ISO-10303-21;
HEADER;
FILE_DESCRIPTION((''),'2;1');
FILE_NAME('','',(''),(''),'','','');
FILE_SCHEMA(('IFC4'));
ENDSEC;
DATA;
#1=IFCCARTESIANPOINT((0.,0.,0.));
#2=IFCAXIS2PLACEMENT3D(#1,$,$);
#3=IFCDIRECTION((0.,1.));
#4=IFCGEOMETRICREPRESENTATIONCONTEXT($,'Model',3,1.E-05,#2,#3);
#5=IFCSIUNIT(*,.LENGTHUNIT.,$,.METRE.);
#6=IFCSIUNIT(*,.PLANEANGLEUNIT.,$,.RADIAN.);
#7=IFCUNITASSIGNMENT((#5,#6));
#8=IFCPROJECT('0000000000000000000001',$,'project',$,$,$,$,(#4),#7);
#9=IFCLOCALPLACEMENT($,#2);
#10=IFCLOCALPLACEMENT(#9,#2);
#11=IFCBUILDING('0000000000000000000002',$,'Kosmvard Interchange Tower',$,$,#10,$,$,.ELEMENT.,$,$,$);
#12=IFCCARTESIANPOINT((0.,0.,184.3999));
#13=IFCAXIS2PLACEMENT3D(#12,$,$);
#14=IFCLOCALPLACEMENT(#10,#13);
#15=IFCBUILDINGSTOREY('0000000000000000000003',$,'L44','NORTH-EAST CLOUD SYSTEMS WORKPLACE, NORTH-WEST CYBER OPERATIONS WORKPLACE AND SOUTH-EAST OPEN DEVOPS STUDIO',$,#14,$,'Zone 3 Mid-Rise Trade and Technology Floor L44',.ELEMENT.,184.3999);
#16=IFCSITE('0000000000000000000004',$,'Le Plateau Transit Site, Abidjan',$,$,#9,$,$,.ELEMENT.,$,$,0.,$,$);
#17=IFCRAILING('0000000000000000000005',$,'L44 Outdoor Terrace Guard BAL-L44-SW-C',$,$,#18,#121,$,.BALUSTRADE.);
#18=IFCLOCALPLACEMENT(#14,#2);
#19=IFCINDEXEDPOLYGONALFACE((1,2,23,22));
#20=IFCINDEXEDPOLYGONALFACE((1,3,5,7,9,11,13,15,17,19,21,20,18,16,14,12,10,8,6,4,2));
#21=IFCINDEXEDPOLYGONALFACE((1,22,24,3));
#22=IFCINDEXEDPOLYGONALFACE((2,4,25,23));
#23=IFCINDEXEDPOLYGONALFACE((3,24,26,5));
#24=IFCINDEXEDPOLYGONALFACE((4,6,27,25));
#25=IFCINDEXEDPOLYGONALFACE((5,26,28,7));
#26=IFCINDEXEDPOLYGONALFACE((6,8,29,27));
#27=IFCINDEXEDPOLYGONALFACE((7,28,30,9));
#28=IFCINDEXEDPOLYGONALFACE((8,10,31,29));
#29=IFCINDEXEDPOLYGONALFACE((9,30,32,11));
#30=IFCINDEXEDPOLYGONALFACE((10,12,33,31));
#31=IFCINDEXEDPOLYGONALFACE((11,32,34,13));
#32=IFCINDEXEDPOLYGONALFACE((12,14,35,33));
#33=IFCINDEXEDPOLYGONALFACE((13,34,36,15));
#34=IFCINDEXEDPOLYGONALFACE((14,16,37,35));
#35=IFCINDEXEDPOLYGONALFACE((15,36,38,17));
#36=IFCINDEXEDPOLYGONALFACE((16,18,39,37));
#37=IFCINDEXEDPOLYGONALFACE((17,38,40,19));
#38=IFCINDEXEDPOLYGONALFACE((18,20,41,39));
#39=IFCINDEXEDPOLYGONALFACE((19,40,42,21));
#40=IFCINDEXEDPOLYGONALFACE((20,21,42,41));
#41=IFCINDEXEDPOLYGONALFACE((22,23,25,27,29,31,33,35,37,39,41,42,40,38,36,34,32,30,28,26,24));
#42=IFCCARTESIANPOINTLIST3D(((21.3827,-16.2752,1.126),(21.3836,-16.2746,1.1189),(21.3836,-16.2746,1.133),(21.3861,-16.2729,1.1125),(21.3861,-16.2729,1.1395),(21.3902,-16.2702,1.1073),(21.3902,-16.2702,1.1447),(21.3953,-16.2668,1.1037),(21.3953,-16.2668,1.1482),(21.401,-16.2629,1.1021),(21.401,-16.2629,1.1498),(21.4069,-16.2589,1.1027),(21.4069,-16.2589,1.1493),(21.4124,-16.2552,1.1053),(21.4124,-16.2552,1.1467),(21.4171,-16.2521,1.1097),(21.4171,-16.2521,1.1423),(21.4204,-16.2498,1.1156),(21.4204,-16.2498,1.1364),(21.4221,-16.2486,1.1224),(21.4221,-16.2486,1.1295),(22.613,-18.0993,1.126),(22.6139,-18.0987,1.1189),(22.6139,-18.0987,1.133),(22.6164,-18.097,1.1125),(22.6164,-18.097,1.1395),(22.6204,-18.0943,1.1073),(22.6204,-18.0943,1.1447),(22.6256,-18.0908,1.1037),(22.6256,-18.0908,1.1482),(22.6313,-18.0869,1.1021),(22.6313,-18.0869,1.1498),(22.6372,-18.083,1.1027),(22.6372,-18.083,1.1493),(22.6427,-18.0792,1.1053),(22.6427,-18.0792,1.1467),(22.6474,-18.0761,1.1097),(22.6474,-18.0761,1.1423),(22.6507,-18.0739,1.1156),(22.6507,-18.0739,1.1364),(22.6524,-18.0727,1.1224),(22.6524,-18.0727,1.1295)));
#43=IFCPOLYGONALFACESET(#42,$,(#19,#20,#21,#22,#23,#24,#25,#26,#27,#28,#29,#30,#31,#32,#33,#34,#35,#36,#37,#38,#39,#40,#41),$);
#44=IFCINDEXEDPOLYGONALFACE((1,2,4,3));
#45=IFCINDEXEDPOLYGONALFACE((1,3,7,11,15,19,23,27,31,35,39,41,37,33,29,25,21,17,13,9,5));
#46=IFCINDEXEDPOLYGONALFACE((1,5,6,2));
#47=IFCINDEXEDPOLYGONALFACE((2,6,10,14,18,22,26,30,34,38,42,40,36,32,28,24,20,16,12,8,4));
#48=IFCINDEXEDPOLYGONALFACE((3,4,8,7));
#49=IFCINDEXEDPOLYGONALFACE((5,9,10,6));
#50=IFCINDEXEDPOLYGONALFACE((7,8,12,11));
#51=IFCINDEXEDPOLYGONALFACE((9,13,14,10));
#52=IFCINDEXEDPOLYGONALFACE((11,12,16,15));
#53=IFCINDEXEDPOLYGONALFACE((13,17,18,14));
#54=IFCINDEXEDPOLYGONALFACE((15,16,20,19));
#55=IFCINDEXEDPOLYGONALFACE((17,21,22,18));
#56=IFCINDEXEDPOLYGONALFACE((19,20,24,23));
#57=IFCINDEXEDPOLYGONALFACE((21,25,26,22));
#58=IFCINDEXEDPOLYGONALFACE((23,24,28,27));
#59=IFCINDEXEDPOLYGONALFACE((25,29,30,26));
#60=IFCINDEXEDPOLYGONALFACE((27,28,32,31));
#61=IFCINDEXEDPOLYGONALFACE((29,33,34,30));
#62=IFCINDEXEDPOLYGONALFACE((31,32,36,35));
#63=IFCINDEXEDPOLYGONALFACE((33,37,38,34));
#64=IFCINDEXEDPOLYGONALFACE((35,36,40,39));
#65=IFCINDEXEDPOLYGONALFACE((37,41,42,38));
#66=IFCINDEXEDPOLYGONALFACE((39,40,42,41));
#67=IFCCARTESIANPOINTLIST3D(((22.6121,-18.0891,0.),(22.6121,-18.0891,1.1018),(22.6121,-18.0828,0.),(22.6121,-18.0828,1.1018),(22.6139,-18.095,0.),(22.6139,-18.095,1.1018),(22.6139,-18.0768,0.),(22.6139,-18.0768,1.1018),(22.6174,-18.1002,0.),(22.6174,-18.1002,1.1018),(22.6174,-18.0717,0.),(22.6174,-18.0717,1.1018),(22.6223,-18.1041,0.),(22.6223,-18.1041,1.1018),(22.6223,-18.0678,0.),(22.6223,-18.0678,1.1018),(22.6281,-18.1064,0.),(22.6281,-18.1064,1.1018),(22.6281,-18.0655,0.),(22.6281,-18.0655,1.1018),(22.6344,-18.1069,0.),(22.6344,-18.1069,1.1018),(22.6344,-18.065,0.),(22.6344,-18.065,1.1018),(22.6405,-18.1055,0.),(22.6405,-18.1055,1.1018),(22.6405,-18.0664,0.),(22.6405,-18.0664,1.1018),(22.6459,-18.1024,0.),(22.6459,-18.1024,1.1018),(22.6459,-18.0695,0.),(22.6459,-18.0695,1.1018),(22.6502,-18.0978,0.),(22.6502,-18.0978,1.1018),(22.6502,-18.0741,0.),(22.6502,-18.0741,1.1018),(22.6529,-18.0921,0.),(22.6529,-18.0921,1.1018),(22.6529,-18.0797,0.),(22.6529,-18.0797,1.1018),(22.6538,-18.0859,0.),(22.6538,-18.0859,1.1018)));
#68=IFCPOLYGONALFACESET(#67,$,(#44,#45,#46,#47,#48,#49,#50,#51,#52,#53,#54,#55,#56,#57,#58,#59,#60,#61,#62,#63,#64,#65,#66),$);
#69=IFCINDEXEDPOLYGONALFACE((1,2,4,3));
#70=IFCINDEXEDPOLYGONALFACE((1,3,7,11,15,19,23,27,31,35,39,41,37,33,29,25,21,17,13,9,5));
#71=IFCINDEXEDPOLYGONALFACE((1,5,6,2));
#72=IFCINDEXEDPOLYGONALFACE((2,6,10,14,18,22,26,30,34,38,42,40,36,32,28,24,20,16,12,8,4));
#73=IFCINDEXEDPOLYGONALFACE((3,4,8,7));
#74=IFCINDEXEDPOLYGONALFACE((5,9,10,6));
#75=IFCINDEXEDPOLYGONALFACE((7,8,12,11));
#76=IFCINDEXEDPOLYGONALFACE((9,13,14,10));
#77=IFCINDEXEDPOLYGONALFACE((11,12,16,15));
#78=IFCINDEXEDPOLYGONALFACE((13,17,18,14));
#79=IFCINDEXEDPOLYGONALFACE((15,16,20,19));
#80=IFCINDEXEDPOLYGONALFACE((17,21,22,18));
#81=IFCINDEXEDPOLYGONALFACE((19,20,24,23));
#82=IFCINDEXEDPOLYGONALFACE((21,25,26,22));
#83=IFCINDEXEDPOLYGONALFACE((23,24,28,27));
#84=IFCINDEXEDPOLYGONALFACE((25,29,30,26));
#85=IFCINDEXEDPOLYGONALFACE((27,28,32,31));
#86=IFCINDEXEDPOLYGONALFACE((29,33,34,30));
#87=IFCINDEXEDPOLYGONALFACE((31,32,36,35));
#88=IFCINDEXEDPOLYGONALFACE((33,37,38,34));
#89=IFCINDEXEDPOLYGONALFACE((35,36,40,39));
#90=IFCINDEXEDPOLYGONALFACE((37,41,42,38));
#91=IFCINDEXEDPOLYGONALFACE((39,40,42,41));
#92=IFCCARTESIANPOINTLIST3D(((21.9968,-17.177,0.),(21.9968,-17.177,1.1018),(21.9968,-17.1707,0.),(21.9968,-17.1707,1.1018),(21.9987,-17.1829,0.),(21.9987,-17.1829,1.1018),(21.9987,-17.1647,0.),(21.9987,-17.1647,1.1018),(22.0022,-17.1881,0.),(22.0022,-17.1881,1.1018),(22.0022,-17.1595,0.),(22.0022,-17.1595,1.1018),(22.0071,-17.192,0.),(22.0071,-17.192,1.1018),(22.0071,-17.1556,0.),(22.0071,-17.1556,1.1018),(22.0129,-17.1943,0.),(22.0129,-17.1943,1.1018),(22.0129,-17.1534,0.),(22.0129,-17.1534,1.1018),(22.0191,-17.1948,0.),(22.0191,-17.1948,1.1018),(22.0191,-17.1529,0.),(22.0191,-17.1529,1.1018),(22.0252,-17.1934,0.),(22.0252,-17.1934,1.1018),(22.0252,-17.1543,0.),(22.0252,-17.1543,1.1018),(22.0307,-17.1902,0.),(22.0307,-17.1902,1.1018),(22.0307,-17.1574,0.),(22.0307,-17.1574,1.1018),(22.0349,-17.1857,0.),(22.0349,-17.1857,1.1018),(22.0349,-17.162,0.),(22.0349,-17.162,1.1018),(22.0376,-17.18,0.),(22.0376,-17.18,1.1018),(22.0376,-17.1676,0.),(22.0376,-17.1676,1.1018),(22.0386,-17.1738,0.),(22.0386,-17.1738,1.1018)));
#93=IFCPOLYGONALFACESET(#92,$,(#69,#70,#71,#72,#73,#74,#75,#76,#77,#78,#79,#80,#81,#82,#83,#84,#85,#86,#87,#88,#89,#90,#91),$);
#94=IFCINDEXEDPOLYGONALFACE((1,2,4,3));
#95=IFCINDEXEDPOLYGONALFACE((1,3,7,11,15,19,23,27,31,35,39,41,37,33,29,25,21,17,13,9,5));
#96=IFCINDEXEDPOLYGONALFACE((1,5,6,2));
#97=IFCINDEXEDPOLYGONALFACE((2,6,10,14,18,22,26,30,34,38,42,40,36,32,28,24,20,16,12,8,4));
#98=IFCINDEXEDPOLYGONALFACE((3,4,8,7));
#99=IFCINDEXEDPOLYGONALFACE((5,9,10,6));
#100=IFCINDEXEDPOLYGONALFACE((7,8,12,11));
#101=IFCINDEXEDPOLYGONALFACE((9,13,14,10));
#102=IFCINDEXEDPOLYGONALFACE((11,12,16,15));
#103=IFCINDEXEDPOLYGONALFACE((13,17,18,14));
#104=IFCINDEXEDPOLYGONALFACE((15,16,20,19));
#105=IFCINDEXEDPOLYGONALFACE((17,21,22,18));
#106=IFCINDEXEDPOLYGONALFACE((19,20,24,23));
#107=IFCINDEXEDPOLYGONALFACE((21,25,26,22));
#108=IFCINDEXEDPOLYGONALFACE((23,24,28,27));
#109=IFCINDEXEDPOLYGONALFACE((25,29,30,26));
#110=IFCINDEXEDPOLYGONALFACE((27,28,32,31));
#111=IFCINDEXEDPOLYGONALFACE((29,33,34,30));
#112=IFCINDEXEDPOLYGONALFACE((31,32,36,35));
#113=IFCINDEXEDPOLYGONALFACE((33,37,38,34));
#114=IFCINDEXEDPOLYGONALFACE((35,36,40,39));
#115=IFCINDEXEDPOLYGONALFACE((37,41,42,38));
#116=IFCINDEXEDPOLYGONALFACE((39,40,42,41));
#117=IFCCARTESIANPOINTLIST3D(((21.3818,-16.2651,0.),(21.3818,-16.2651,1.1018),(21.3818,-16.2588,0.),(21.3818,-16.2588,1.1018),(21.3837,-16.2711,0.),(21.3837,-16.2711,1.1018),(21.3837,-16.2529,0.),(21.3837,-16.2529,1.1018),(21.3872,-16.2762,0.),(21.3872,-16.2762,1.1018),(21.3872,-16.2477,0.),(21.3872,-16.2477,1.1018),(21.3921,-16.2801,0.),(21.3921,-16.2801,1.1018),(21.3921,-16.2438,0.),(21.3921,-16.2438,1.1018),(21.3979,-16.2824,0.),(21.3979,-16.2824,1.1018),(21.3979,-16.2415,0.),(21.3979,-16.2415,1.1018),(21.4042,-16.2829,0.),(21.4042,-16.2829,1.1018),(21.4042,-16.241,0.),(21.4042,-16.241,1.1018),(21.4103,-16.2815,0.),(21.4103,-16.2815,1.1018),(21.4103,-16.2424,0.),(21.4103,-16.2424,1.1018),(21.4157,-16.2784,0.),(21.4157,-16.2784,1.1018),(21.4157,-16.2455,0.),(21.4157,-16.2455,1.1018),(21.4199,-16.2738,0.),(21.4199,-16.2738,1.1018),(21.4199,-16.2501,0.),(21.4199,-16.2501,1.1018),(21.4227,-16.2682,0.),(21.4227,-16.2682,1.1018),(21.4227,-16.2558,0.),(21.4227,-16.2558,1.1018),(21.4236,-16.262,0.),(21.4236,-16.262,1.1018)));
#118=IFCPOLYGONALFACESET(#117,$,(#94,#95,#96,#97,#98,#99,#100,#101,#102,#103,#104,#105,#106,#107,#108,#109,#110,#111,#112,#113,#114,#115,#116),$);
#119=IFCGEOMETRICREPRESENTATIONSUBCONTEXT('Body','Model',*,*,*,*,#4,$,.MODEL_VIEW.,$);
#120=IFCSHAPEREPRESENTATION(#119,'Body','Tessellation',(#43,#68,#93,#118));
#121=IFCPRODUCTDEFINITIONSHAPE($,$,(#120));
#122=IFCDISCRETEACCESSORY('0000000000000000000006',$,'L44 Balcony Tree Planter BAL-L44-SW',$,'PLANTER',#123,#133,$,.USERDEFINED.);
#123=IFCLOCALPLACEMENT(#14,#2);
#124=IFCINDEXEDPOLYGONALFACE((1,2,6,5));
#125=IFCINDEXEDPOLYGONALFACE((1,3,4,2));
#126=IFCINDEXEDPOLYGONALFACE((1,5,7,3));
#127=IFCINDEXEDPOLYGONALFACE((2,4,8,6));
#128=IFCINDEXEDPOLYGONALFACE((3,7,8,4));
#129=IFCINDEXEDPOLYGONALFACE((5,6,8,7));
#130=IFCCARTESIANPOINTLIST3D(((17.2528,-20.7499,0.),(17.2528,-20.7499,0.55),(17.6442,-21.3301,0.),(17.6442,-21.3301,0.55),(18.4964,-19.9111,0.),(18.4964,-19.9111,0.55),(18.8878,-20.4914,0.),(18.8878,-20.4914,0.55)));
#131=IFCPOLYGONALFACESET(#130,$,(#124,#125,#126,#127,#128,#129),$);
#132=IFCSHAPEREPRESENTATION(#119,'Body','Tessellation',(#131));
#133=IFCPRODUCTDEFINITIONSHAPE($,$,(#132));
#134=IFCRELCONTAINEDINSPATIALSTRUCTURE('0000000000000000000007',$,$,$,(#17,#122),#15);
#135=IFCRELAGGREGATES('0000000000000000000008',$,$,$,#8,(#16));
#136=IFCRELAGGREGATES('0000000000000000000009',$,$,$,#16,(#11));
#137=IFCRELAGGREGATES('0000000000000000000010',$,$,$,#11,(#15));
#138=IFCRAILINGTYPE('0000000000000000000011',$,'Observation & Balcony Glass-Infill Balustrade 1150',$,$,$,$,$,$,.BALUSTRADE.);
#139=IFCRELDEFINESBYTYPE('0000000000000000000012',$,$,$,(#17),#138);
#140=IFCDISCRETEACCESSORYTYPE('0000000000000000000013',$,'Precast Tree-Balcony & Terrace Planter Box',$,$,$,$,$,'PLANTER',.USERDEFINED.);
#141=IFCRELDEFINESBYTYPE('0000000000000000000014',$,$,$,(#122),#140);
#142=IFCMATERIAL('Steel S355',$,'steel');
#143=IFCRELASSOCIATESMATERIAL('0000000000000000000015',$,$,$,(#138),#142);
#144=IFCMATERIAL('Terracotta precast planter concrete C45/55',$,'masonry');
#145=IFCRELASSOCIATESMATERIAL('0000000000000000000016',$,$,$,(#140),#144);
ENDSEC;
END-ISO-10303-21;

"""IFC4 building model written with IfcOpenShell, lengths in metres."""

from ifc_helpers import new_model, si_unit, direction, frame, origin, origin_2d, place, context, subcontext, project, spatial, rectangle, circle, extrude, source, transform, mapped, material, type_object, element, save


model = new_model("IFC4")

# Units and contexts
model_context = context("Model", 3, precision=1e-05, world=origin(), true_north=direction((0.0, 1.0)))
body_context = subcontext(model_context, "Body", "Model", "MODEL_VIEW")
ifc_project = project(units=[si_unit("LENGTHUNIT", "METRE"), si_unit("PLANEANGLEUNIT", "RADIAN")], contexts=[model_context])

# Site, building, storey
site_placement = place(None, origin())
site = spatial("IfcSite", under=ifc_project, at=site_placement, Name="Le Plateau Transit Site, Abidjan", CompositionType="ELEMENT", RefElevation=0.0)
building_placement = place(site_placement, origin())
building = spatial("IfcBuilding", under=site, at=building_placement, Name="Kosmvard Interchange Tower", CompositionType="ELEMENT")
storey_placement = place(building_placement, frame((0.0, 0.0, 184.3999)))
storey = spatial("IfcBuildingStorey", under=building, at=storey_placement, Name="L44", Description="NORTH-EAST CLOUD SYSTEMS WORKPLACE, NORTH-WEST CYBER OPERATIONS WORKPLACE AND SOUTH-EAST OPEN DEVOPS STUDIO", LongName="Zone 3 Mid-Rise Trade and Technology Floor L44", CompositionType="ELEMENT", Elevation=184.3999)

# Shared definitions
ifc_material_1 = material(Name="Steel S355", Category="steel")

# Railing
railing_type = type_object("IfcRailingType", Name="Observation & Balcony Glass-Infill Balustrade 1150", PredefinedType="BALUSTRADE", material=ifc_material_1)
shared_shape_1 = source(origin(), body_context, "Body", "SweptSolid", [
    extrude(circle(Radius=0.0239, at=origin_2d()), frame((0.0, 0.0, 1.126), z_axis=(-0.559174, 0.829051, 0.0), x_axis=(-0.829051, -0.559174, 0.0)), (0.0, 0.0, 1.0), 2.2002),
    extrude(circle(Radius=0.021, at=origin_2d()), origin(), (0.0, 0.0, 1.0), 1.1018),
    extrude(circle(Radius=0.021, at=origin_2d()), frame((-0.6152, 0.9121, 0.0)), (0.0, 0.0, 1.0), 1.1018),
    extrude(circle(Radius=0.021, at=origin_2d()), frame((-1.2302, 1.824, 0.0)), (0.0, 0.0, 1.0), 1.1018),
])
railing_1_placement = place(storey_placement, frame((22.6328, -18.0859, 0.0)))
element("IfcRailing", 1, at=railing_1_placement, inside=storey, type_object=railing_type, Name="L44 Outdoor Terrace Guard BAL-L44-SW-C", PredefinedType="BALUSTRADE", context=body_context, shape_type="MappedRepresentation", body=[
    mapped(shared_shape_1, transform((0.0, 0.0, 0.0), scale=1.0)),
])

# Discrete accessory
ifc_material_2 = material(Name="Terracotta precast planter concrete C45/55", Category="masonry")
discrete_accessory_type = type_object("IfcDiscreteAccessoryType", Name="Precast Tree-Balcony & Terrace Planter Box", ElementType="PLANTER", PredefinedType="USERDEFINED", material=ifc_material_2)
shared_shape_2 = source(origin(), body_context, "Body", "SweptSolid", [
    extrude(rectangle(XDim=1.5, YDim=0.7, at=origin_2d()), origin(), (0.0, 0.0, 1.0), 0.55),
])
discrete_accessory_placement = place(storey_placement, frame((18.0703, -20.6206, 0.0), z_axis=(0.0, 0.0, 1.0), x_axis=(0.829038, 0.559193, 0.0)))
element("IfcDiscreteAccessory", 2, at=discrete_accessory_placement, inside=storey, type_object=discrete_accessory_type, Name="L44 Balcony Tree Planter BAL-L44-SW", ObjectType="PLANTER", PredefinedType="USERDEFINED", context=body_context, shape_type="MappedRepresentation", body=[
    mapped(shared_shape_2, transform((0.0, 0.0, 0.0), scale=1.0)),
])

save(model, "model.ifc")
